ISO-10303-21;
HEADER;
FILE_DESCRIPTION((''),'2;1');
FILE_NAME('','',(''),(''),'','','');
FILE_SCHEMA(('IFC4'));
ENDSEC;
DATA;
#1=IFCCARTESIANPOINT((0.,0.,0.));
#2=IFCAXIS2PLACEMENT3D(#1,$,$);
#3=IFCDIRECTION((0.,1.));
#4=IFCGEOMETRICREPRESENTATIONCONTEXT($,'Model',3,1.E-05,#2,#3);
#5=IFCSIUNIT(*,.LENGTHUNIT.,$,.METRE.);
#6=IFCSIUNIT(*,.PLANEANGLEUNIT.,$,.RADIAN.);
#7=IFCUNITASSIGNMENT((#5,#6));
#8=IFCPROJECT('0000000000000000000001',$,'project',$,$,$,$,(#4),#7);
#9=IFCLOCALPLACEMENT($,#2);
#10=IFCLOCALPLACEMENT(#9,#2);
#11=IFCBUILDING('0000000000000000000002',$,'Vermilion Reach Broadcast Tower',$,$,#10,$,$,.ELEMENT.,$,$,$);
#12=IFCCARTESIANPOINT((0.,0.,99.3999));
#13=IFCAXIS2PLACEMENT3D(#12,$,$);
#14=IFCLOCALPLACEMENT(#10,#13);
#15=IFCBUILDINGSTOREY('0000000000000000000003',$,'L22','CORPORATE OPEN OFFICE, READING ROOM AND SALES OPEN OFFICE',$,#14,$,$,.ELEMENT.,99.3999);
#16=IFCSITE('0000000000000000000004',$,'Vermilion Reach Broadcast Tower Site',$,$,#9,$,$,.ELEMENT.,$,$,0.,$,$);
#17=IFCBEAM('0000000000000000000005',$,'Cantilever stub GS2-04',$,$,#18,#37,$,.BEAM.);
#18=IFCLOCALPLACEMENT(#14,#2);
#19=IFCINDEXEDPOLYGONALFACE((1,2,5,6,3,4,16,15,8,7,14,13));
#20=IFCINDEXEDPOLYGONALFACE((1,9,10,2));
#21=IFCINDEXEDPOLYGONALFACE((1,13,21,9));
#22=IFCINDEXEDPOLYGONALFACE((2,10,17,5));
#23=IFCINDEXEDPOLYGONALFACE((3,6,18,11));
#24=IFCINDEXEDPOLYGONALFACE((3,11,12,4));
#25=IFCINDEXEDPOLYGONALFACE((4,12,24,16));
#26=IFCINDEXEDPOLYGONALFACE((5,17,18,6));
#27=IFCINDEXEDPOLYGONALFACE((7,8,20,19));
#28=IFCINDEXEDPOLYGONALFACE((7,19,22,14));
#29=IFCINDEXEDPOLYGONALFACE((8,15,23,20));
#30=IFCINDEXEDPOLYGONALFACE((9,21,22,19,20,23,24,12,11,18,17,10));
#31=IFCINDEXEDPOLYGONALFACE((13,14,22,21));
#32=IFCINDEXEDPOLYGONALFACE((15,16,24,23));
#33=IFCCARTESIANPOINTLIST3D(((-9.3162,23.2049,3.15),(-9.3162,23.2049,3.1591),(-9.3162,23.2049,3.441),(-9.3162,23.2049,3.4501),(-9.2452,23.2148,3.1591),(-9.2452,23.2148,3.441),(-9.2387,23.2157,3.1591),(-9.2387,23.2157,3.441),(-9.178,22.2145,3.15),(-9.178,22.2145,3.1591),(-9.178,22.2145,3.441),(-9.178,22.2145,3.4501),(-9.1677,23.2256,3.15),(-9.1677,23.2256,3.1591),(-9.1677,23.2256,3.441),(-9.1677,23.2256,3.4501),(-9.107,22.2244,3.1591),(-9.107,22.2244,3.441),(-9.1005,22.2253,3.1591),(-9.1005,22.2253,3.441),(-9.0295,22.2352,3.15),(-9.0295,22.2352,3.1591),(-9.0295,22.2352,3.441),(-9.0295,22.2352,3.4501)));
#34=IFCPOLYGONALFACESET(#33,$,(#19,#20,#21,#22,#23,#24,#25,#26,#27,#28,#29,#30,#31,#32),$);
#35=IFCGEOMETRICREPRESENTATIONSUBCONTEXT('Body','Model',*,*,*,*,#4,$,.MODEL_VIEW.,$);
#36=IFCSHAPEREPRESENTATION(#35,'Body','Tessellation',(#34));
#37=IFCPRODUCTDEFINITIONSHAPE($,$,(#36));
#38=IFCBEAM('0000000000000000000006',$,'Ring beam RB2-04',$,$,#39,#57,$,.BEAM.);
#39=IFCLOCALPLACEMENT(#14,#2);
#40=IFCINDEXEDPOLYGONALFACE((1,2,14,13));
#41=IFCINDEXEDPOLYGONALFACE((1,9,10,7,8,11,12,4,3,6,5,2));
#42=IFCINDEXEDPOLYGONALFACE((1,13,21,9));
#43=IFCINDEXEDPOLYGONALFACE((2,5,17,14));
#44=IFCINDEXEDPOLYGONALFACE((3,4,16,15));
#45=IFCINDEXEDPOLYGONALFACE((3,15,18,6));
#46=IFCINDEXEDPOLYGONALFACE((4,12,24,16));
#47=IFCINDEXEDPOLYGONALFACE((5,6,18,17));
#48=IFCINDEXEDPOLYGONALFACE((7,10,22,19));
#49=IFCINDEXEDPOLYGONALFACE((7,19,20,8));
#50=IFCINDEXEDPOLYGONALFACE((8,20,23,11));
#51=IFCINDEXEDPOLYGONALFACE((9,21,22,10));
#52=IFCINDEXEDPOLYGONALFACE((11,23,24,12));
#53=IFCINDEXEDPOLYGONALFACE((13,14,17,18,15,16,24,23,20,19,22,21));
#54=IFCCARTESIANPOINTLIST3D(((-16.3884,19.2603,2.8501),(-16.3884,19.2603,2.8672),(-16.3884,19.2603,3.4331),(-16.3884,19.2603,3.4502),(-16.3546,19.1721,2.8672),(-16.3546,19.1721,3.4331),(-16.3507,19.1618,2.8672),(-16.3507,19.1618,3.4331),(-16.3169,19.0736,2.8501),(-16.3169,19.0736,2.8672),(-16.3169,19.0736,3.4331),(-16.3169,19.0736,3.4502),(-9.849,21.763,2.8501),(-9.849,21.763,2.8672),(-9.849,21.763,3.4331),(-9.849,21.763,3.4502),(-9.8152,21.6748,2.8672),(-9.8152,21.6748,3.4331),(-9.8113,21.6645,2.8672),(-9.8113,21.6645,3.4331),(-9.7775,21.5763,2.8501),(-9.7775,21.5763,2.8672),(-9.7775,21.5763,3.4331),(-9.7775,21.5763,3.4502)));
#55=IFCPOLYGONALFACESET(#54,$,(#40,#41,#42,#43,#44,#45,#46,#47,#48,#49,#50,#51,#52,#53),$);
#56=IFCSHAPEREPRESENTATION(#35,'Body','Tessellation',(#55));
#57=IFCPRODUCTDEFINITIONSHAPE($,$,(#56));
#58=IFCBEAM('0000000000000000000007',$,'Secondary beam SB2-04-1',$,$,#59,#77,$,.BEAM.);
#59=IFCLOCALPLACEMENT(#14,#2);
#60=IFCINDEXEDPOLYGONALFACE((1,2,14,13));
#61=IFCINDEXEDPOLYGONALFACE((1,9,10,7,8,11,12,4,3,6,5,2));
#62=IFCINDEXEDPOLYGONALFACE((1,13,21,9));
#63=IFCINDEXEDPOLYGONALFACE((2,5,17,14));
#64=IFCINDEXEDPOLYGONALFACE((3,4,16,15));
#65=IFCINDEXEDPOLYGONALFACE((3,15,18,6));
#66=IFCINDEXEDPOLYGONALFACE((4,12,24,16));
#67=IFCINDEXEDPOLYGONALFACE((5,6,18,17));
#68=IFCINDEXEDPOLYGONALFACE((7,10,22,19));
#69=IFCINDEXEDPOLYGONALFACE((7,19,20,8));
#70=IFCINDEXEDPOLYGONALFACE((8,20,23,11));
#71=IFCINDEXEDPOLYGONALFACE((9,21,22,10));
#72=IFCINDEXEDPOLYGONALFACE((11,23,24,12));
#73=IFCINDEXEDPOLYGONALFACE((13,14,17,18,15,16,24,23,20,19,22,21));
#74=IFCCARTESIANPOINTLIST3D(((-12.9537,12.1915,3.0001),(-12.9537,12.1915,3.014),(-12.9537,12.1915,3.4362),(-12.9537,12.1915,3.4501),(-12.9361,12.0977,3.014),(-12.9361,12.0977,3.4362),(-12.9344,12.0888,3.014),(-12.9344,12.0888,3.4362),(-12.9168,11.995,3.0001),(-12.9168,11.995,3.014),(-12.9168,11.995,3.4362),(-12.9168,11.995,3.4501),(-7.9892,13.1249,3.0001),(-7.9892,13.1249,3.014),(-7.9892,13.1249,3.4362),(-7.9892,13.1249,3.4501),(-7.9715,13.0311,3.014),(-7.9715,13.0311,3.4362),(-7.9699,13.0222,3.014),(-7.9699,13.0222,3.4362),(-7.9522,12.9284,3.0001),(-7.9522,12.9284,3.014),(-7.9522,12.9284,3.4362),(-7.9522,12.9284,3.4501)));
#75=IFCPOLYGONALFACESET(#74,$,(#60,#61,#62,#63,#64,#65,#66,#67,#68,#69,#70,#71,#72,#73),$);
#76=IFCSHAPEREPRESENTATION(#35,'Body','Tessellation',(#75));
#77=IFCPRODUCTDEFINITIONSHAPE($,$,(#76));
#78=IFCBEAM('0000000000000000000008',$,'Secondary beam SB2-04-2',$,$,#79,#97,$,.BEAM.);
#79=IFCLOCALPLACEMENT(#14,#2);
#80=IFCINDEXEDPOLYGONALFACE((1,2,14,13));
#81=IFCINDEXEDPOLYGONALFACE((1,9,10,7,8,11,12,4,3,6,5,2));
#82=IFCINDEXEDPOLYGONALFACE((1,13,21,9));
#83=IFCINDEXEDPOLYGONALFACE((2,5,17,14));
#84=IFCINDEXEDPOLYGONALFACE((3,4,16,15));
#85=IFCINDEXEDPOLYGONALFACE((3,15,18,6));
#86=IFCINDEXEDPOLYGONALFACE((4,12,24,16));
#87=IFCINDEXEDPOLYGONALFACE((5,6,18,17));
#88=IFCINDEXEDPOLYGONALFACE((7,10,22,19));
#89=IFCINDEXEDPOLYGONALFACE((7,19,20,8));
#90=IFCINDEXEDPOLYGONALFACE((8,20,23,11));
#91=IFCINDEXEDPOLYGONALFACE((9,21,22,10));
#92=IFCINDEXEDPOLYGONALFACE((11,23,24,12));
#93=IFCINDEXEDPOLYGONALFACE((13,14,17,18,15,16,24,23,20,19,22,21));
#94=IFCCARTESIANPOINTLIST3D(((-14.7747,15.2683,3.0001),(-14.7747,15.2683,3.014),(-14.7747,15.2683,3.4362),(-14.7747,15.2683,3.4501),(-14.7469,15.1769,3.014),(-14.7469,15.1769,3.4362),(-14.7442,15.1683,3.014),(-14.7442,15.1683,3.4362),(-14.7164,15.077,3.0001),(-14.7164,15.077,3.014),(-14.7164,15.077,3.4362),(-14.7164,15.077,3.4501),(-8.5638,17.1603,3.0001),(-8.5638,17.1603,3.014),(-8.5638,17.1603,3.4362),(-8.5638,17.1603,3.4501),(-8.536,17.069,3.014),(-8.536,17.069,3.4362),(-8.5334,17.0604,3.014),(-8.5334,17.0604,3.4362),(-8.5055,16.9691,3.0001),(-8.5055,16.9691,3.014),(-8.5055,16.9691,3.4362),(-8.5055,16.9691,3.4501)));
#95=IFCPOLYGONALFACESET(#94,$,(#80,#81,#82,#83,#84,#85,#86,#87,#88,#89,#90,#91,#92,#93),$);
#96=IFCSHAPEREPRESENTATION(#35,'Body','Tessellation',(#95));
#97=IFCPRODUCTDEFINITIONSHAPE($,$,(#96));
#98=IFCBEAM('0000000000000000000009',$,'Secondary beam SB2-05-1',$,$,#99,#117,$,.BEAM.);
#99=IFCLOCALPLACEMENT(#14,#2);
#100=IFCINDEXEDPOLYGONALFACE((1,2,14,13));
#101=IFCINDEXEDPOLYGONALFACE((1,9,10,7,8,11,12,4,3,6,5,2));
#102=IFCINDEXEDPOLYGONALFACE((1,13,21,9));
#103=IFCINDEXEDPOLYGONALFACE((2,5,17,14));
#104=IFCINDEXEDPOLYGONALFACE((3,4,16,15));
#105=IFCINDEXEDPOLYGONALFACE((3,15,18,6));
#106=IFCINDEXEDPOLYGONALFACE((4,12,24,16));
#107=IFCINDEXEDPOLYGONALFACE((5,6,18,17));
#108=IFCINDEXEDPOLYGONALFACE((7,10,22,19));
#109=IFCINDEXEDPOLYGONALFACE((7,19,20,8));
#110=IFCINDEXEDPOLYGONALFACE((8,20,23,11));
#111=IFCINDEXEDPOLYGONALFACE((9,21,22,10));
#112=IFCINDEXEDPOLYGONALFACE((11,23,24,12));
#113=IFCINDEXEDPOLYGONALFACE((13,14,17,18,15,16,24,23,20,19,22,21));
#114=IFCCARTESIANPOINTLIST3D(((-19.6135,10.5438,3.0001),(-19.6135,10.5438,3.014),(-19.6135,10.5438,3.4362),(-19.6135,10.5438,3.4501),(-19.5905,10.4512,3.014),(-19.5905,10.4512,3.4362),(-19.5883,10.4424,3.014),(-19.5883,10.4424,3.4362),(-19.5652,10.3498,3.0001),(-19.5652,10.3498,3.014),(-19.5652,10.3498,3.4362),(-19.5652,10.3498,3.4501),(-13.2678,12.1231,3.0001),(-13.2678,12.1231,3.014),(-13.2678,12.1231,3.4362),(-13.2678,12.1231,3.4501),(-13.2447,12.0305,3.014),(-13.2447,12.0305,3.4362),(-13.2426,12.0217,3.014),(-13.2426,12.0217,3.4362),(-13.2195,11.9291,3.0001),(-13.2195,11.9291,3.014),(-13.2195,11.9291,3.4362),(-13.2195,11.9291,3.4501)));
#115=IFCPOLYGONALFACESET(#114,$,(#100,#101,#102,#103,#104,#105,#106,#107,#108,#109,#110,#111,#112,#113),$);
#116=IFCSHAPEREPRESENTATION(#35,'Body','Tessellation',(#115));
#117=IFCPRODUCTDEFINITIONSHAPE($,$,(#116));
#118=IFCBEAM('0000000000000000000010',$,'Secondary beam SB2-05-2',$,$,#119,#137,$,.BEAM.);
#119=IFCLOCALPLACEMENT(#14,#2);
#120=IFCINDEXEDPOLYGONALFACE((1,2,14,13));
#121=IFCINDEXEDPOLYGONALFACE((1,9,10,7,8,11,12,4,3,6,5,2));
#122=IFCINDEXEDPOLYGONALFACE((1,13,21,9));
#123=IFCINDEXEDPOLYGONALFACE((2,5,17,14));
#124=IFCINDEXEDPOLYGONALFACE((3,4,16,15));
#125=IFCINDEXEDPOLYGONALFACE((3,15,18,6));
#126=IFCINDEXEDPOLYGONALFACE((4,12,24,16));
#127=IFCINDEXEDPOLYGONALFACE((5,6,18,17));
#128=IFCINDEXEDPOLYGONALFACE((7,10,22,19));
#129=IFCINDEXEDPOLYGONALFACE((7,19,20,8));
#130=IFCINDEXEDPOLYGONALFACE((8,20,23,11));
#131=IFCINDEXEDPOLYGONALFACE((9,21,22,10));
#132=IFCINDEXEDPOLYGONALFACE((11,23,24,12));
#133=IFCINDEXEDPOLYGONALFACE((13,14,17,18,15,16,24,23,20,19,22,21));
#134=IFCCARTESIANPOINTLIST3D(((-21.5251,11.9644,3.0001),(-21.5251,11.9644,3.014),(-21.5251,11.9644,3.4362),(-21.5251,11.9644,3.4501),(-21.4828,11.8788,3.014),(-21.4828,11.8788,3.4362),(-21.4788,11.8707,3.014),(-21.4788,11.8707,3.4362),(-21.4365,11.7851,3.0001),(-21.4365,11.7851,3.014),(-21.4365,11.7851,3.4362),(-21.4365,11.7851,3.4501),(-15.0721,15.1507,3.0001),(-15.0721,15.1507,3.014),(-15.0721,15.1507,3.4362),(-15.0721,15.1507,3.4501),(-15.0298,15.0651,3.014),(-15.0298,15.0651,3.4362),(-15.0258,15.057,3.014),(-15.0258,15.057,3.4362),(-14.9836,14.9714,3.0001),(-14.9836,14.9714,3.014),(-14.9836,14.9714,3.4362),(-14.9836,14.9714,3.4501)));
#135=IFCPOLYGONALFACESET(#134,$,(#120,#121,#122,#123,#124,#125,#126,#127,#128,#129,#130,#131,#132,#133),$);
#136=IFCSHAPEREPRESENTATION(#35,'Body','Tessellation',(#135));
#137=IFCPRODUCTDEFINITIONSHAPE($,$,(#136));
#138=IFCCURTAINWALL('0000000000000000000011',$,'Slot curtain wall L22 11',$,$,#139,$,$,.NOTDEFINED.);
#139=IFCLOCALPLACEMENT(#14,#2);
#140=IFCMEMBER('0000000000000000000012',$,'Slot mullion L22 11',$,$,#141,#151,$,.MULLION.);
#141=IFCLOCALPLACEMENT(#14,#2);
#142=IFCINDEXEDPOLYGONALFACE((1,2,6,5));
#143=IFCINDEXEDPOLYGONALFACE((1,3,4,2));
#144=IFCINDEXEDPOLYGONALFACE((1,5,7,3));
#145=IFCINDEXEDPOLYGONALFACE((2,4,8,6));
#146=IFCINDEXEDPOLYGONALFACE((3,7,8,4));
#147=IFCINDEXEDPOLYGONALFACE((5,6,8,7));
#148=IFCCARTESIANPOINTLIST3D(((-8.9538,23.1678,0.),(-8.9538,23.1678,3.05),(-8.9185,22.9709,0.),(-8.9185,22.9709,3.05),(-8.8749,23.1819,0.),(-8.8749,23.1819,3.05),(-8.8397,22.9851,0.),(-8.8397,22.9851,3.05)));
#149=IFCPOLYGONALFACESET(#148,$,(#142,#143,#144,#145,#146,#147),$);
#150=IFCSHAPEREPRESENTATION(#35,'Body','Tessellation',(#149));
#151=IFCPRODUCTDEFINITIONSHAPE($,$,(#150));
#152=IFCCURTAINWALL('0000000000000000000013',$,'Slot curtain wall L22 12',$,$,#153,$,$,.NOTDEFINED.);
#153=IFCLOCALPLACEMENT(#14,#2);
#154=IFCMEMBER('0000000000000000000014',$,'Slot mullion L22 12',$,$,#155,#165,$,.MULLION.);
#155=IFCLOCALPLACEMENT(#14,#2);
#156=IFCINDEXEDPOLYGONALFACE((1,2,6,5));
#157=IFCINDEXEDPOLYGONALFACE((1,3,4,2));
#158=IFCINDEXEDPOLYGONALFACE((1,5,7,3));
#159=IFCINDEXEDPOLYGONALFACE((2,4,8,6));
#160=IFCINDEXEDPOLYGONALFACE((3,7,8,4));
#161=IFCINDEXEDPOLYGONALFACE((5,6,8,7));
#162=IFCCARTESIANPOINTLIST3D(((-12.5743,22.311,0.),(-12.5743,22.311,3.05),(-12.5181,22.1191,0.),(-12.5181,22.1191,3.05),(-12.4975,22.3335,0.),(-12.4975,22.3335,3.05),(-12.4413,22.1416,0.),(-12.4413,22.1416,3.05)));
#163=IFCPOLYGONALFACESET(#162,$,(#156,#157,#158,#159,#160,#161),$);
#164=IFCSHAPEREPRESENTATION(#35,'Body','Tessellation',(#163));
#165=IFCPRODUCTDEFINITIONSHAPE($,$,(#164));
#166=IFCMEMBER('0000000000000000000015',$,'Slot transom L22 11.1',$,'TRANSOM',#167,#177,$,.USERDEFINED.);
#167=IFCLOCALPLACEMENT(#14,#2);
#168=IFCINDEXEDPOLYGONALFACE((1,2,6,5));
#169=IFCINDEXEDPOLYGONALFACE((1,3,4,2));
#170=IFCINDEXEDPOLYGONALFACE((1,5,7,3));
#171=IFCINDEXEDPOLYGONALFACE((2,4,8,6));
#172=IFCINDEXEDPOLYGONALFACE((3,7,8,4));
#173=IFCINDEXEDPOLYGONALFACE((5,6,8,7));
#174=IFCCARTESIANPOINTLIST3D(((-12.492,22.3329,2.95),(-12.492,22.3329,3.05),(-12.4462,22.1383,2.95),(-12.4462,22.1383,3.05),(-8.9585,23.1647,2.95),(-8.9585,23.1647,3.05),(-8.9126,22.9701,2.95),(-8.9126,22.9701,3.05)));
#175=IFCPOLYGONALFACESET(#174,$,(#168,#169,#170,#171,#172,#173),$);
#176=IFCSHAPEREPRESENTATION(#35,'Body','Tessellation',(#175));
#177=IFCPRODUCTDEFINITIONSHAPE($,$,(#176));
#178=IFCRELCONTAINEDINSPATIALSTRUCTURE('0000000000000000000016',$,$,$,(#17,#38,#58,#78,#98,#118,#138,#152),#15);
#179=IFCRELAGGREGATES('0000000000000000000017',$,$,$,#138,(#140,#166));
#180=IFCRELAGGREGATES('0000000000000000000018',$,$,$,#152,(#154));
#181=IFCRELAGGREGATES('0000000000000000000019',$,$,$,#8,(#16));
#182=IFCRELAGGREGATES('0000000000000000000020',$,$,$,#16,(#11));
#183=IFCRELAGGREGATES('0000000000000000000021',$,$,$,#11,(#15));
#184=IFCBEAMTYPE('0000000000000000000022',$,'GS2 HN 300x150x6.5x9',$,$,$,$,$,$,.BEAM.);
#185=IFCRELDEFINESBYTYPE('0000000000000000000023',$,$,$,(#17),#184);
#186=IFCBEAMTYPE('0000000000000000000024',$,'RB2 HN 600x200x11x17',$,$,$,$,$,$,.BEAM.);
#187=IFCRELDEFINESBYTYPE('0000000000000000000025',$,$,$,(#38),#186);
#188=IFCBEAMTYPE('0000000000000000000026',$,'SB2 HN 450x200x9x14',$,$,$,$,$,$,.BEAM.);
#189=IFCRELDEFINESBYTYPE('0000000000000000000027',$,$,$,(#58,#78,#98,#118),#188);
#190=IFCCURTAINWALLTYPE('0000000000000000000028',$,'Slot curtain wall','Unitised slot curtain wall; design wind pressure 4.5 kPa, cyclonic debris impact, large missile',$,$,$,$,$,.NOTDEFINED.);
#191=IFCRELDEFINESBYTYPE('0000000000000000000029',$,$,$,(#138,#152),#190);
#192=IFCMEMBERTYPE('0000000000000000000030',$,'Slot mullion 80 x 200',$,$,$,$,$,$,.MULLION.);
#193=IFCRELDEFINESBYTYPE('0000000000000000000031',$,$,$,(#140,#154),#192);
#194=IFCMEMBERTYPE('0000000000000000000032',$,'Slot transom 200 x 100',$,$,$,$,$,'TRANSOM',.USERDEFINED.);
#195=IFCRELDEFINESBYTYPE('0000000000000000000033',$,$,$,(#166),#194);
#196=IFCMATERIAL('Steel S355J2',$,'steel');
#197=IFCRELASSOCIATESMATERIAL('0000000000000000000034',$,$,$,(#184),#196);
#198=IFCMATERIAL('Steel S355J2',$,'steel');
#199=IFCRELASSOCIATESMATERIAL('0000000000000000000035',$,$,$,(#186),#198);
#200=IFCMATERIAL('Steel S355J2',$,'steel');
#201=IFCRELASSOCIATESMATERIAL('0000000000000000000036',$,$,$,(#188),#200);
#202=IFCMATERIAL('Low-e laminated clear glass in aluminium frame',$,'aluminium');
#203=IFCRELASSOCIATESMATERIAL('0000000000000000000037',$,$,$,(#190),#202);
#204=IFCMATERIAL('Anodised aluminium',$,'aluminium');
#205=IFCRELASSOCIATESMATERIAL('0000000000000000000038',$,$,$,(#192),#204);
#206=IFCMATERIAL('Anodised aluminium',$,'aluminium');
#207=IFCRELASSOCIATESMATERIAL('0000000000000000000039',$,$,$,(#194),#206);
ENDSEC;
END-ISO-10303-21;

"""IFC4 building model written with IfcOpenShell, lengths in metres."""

from ifc_helpers import new_model, si_unit, direction, frame, origin, origin_2d, place, context, subcontext, project, spatial, rectangle, i_section, extrude, material, material_profile, profile_set, type_object, element, aggregate, save


model = new_model("IFC4")

# Units and contexts
model_context = context("Model", 3, precision=1e-05, world=origin(), true_north=direction((0.0, 1.0)))
body_context = subcontext(model_context, "Body", "Model", "MODEL_VIEW")
ifc_project = project(units=[si_unit("LENGTHUNIT", "METRE"), si_unit("PLANEANGLEUNIT", "RADIAN")], contexts=[model_context])

# Site, building, storey
site_placement = place(None, origin())
site = spatial("IfcSite", under=ifc_project, at=site_placement, Name="Vermilion Reach Broadcast Tower Site", CompositionType="ELEMENT", RefElevation=0.0)
building_placement = place(site_placement, origin())
building = spatial("IfcBuilding", under=site, at=building_placement, Name="Vermilion Reach Broadcast Tower", CompositionType="ELEMENT")
storey_placement = place(building_placement, frame((0.0, 0.0, 99.3999)))
storey = spatial("IfcBuildingStorey", under=building, at=storey_placement, Name="L22", Description="CORPORATE OPEN OFFICE, READING ROOM AND SALES OPEN OFFICE", CompositionType="ELEMENT", Elevation=99.3999)

# Beams
ifc_material_1 = material(Name="Steel S355J2", Category="steel")
ifc_material_profile_1 = material_profile(ifc_material_1, i_section(OverallWidth=0.1499, OverallDepth=0.3, WebThickness=0.0066, FlangeThickness=0.009, at=origin_2d()), Name="S355J2 HN 300x150x6.5x9")
ifc_profile_set_1 = profile_set([ifc_material_profile_1], Name="Steel S355J2")
beam_type_1 = type_object("IfcBeamType", Name="GS2 HN 300x150x6.5x9", PredefinedType="BEAM", material=ifc_profile_set_1)
beam_1_placement = place(storey_placement, frame((-9.1038, 22.2249, 3.3), z_axis=(-0.138174, 0.990408, 0.0), x_axis=(-0.990408, -0.138174, 0.0)))
element("IfcBeam", 1, at=beam_1_placement, inside=storey, type_object=beam_type_1, Name="Cantilever stub GS2-04", PredefinedType="BEAM", context=body_context, shape_type="SweptSolid", body=[
    extrude(i_section(OverallWidth=0.1499, OverallDepth=0.3, WebThickness=0.0066, FlangeThickness=0.009, at=origin_2d()), origin(), (0.0, 0.0, 1.0), 1.0),
])
ifc_material_2 = material(Name="Steel S355J2", Category="steel")
ifc_material_profile_2 = material_profile(ifc_material_2, i_section(OverallWidth=0.2, OverallDepth=0.6001, WebThickness=0.011, FlangeThickness=0.0171, at=origin_2d()), Name="S355J2 HN 600x200x11x17")
ifc_profile_set_2 = profile_set([ifc_material_profile_2], Name="Steel S355J2")
beam_type_2 = type_object("IfcBeamType", Name="RB2 HN 600x200x11x17", PredefinedType="BEAM", material=ifc_profile_set_2)
beam_2_placement = place(storey_placement, frame((-9.8132, 21.6697, 3.1501), z_axis=(-0.933939, -0.357432, 0.0), x_axis=(0.357432, -0.933939, 0.0)))
element("IfcBeam", 2, at=beam_2_placement, inside=storey, type_object=beam_type_2, Name="Ring beam RB2-04", PredefinedType="BEAM", context=body_context, shape_type="SweptSolid", body=[
    extrude(i_section(OverallWidth=0.2, OverallDepth=0.6001, WebThickness=0.011, FlangeThickness=0.0171, at=origin_2d()), origin(), (0.0, 0.0, 1.0), 7.002),
])
ifc_material_3 = material(Name="Steel S355J2", Category="steel")
ifc_material_profile_3 = material_profile(ifc_material_3, i_section(OverallWidth=0.2, OverallDepth=0.45, WebThickness=0.009, FlangeThickness=0.0139, at=origin_2d()), Name="S355J2 HN 450x200x9x14")
ifc_profile_set_3 = profile_set([ifc_material_profile_3], Name="Steel S355J2")
beam_type_3 = type_object("IfcBeamType", Name="SB2 HN 450x200x9x14", PredefinedType="BEAM", material=ifc_profile_set_3)
beam_3_placement = place(storey_placement, frame((-7.9707, 13.0266, 3.2251), z_axis=(-0.982783, -0.184764, 0.0), x_axis=(0.184764, -0.982783, 0.0)))
element("IfcBeam", 3, at=beam_3_placement, inside=storey, type_object=beam_type_3, Name="Secondary beam SB2-04-1", PredefinedType="BEAM", context=body_context, shape_type="SweptSolid", body=[
    extrude(i_section(OverallWidth=0.2, OverallDepth=0.45, WebThickness=0.009, FlangeThickness=0.0139, at=origin_2d()), origin(), (0.0, 0.0, 1.0), 5.0515),
])
beam_4_placement = place(storey_placement, frame((-8.5347, 17.0647, 3.2251), z_axis=(-0.956596, -0.291416, 0.0), x_axis=(0.291416, -0.956596, 0.0)))
element("IfcBeam", 4, at=beam_4_placement, inside=storey, type_object=beam_type_3, Name="Secondary beam SB2-04-2", PredefinedType="BEAM", context=body_context, shape_type="SweptSolid", body=[
    extrude(i_section(OverallWidth=0.2, OverallDepth=0.45, WebThickness=0.009, FlangeThickness=0.0139, at=origin_2d()), origin(), (0.0, 0.0, 1.0), 6.4927),
])
beam_5_placement = place(storey_placement, frame((-13.2437, 12.0261, 3.2251), z_axis=(-0.970397, -0.241516, 0.0), x_axis=(0.241516, -0.970397, 0.0)))
element("IfcBeam", 5, at=beam_5_placement, inside=storey, type_object=beam_type_3, Name="Secondary beam SB2-05-1", PredefinedType="BEAM", context=body_context, shape_type="SweptSolid", body=[
    extrude(i_section(OverallWidth=0.2, OverallDepth=0.45, WebThickness=0.009, FlangeThickness=0.0139, at=origin_2d()), origin(), (0.0, 0.0, 1.0), 6.5393),
])
beam_6_placement = place(storey_placement, frame((-15.0278, 15.061, 3.2251), z_axis=(-0.896648, -0.442744, 0.0), x_axis=(0.442744, -0.896648, 0.0)))
element("IfcBeam", 6, at=beam_6_placement, inside=storey, type_object=beam_type_3, Name="Secondary beam SB2-05-2", PredefinedType="BEAM", context=body_context, shape_type="SweptSolid", body=[
    extrude(i_section(OverallWidth=0.2, OverallDepth=0.45, WebThickness=0.009, FlangeThickness=0.0139, at=origin_2d()), origin(), (0.0, 0.0, 1.0), 7.1968),
])

# Curtain walls, members
ifc_material_4 = material(Name="Low-e laminated clear glass in aluminium frame", Category="aluminium")
curtain_wall_type = type_object("IfcCurtainWallType", Name="Slot curtain wall", Description="Unitised slot curtain wall; design wind pressure 4.5 kPa, cyclonic debris impact, large missile", PredefinedType="NOTDEFINED", material=ifc_material_4)
placement = place(storey_placement, origin())
curtain_wall_1 = element("IfcCurtainWall", 7, at=placement, inside=storey, type_object=curtain_wall_type, Name="Slot curtain wall L22 11", PredefinedType="NOTDEFINED")
ifc_material_5 = material(Name="Anodised aluminium", Category="aluminium")
ifc_material_profile_4 = material_profile(ifc_material_5, rectangle(XDim=0.2, YDim=0.0801, at=origin_2d()), Name="Slot mullion 80 x 200")
ifc_profile_set_4 = profile_set([ifc_material_profile_4], Name="Anodised aluminium")
member_type_1 = type_object("IfcMemberType", Name="Slot mullion 80 x 200", PredefinedType="MULLION", material=ifc_profile_set_4)
member_1_placement = place(storey_placement, frame((-8.8967, 23.0764, 0.0), z_axis=(0.0, 0.0, 1.0), x_axis=(0.176296, -0.984337, 0.0)))
member_1 = element("IfcMember", 8, at=member_1_placement, type_object=member_type_1, Name="Slot mullion L22 11", PredefinedType="MULLION", context=body_context, shape_type="SweptSolid", body=[
    extrude(rectangle(XDim=0.2, YDim=0.0801, at=origin_2d()), origin(), (0.0, 0.0, 1.0), 3.05),
])
curtain_wall_2 = element("IfcCurtainWall", 9, at=placement, inside=storey, type_object=curtain_wall_type, Name="Slot curtain wall L22 12", PredefinedType="NOTDEFINED")
member_2_placement = place(storey_placement, frame((-12.5078, 22.2263, 0.0), z_axis=(0.0, 0.0, 1.0), x_axis=(0.281002, -0.959707, 0.0)))
member_2 = element("IfcMember", 10, at=member_2_placement, type_object=member_type_1, Name="Slot mullion L22 12", PredefinedType="MULLION", context=body_context, shape_type="SweptSolid", body=[
    extrude(rectangle(XDim=0.2, YDim=0.0801, at=origin_2d()), origin(), (0.0, 0.0, 1.0), 3.05),
])

# Member
ifc_material_6 = material(Name="Anodised aluminium", Category="aluminium")
ifc_material_profile_5 = material_profile(ifc_material_6, rectangle(XDim=0.2, YDim=0.1001, at=origin_2d()), Name="Slot transom 200 x 100")
ifc_profile_set_5 = profile_set([ifc_material_profile_5], Name="Anodised aluminium")
member_type_2 = type_object("IfcMemberType", Name="Slot transom 200 x 100", ElementType="TRANSOM", PredefinedType="USERDEFINED", material=ifc_profile_set_5)
member_3_placement = place(storey_placement, frame((-8.9355, 23.0674, 3.0), z_axis=(-0.973393, -0.229141, 0.0), x_axis=(0.229141, -0.973393, 0.0)))
member_3 = element("IfcMember", 11, at=member_3_placement, type_object=member_type_2, Name="Slot transom L22 11.1", ObjectType="TRANSOM", PredefinedType="USERDEFINED", context=body_context, shape_type="SweptSolid", body=[
    extrude(rectangle(XDim=0.2, YDim=0.1001, at=origin_2d()), origin(), (0.0, 0.0, 1.0), 3.6301),
])

aggregate(curtain_wall_1, [member_1, member_3])
aggregate(curtain_wall_2, [member_2])

save(model, "model.ifc")
